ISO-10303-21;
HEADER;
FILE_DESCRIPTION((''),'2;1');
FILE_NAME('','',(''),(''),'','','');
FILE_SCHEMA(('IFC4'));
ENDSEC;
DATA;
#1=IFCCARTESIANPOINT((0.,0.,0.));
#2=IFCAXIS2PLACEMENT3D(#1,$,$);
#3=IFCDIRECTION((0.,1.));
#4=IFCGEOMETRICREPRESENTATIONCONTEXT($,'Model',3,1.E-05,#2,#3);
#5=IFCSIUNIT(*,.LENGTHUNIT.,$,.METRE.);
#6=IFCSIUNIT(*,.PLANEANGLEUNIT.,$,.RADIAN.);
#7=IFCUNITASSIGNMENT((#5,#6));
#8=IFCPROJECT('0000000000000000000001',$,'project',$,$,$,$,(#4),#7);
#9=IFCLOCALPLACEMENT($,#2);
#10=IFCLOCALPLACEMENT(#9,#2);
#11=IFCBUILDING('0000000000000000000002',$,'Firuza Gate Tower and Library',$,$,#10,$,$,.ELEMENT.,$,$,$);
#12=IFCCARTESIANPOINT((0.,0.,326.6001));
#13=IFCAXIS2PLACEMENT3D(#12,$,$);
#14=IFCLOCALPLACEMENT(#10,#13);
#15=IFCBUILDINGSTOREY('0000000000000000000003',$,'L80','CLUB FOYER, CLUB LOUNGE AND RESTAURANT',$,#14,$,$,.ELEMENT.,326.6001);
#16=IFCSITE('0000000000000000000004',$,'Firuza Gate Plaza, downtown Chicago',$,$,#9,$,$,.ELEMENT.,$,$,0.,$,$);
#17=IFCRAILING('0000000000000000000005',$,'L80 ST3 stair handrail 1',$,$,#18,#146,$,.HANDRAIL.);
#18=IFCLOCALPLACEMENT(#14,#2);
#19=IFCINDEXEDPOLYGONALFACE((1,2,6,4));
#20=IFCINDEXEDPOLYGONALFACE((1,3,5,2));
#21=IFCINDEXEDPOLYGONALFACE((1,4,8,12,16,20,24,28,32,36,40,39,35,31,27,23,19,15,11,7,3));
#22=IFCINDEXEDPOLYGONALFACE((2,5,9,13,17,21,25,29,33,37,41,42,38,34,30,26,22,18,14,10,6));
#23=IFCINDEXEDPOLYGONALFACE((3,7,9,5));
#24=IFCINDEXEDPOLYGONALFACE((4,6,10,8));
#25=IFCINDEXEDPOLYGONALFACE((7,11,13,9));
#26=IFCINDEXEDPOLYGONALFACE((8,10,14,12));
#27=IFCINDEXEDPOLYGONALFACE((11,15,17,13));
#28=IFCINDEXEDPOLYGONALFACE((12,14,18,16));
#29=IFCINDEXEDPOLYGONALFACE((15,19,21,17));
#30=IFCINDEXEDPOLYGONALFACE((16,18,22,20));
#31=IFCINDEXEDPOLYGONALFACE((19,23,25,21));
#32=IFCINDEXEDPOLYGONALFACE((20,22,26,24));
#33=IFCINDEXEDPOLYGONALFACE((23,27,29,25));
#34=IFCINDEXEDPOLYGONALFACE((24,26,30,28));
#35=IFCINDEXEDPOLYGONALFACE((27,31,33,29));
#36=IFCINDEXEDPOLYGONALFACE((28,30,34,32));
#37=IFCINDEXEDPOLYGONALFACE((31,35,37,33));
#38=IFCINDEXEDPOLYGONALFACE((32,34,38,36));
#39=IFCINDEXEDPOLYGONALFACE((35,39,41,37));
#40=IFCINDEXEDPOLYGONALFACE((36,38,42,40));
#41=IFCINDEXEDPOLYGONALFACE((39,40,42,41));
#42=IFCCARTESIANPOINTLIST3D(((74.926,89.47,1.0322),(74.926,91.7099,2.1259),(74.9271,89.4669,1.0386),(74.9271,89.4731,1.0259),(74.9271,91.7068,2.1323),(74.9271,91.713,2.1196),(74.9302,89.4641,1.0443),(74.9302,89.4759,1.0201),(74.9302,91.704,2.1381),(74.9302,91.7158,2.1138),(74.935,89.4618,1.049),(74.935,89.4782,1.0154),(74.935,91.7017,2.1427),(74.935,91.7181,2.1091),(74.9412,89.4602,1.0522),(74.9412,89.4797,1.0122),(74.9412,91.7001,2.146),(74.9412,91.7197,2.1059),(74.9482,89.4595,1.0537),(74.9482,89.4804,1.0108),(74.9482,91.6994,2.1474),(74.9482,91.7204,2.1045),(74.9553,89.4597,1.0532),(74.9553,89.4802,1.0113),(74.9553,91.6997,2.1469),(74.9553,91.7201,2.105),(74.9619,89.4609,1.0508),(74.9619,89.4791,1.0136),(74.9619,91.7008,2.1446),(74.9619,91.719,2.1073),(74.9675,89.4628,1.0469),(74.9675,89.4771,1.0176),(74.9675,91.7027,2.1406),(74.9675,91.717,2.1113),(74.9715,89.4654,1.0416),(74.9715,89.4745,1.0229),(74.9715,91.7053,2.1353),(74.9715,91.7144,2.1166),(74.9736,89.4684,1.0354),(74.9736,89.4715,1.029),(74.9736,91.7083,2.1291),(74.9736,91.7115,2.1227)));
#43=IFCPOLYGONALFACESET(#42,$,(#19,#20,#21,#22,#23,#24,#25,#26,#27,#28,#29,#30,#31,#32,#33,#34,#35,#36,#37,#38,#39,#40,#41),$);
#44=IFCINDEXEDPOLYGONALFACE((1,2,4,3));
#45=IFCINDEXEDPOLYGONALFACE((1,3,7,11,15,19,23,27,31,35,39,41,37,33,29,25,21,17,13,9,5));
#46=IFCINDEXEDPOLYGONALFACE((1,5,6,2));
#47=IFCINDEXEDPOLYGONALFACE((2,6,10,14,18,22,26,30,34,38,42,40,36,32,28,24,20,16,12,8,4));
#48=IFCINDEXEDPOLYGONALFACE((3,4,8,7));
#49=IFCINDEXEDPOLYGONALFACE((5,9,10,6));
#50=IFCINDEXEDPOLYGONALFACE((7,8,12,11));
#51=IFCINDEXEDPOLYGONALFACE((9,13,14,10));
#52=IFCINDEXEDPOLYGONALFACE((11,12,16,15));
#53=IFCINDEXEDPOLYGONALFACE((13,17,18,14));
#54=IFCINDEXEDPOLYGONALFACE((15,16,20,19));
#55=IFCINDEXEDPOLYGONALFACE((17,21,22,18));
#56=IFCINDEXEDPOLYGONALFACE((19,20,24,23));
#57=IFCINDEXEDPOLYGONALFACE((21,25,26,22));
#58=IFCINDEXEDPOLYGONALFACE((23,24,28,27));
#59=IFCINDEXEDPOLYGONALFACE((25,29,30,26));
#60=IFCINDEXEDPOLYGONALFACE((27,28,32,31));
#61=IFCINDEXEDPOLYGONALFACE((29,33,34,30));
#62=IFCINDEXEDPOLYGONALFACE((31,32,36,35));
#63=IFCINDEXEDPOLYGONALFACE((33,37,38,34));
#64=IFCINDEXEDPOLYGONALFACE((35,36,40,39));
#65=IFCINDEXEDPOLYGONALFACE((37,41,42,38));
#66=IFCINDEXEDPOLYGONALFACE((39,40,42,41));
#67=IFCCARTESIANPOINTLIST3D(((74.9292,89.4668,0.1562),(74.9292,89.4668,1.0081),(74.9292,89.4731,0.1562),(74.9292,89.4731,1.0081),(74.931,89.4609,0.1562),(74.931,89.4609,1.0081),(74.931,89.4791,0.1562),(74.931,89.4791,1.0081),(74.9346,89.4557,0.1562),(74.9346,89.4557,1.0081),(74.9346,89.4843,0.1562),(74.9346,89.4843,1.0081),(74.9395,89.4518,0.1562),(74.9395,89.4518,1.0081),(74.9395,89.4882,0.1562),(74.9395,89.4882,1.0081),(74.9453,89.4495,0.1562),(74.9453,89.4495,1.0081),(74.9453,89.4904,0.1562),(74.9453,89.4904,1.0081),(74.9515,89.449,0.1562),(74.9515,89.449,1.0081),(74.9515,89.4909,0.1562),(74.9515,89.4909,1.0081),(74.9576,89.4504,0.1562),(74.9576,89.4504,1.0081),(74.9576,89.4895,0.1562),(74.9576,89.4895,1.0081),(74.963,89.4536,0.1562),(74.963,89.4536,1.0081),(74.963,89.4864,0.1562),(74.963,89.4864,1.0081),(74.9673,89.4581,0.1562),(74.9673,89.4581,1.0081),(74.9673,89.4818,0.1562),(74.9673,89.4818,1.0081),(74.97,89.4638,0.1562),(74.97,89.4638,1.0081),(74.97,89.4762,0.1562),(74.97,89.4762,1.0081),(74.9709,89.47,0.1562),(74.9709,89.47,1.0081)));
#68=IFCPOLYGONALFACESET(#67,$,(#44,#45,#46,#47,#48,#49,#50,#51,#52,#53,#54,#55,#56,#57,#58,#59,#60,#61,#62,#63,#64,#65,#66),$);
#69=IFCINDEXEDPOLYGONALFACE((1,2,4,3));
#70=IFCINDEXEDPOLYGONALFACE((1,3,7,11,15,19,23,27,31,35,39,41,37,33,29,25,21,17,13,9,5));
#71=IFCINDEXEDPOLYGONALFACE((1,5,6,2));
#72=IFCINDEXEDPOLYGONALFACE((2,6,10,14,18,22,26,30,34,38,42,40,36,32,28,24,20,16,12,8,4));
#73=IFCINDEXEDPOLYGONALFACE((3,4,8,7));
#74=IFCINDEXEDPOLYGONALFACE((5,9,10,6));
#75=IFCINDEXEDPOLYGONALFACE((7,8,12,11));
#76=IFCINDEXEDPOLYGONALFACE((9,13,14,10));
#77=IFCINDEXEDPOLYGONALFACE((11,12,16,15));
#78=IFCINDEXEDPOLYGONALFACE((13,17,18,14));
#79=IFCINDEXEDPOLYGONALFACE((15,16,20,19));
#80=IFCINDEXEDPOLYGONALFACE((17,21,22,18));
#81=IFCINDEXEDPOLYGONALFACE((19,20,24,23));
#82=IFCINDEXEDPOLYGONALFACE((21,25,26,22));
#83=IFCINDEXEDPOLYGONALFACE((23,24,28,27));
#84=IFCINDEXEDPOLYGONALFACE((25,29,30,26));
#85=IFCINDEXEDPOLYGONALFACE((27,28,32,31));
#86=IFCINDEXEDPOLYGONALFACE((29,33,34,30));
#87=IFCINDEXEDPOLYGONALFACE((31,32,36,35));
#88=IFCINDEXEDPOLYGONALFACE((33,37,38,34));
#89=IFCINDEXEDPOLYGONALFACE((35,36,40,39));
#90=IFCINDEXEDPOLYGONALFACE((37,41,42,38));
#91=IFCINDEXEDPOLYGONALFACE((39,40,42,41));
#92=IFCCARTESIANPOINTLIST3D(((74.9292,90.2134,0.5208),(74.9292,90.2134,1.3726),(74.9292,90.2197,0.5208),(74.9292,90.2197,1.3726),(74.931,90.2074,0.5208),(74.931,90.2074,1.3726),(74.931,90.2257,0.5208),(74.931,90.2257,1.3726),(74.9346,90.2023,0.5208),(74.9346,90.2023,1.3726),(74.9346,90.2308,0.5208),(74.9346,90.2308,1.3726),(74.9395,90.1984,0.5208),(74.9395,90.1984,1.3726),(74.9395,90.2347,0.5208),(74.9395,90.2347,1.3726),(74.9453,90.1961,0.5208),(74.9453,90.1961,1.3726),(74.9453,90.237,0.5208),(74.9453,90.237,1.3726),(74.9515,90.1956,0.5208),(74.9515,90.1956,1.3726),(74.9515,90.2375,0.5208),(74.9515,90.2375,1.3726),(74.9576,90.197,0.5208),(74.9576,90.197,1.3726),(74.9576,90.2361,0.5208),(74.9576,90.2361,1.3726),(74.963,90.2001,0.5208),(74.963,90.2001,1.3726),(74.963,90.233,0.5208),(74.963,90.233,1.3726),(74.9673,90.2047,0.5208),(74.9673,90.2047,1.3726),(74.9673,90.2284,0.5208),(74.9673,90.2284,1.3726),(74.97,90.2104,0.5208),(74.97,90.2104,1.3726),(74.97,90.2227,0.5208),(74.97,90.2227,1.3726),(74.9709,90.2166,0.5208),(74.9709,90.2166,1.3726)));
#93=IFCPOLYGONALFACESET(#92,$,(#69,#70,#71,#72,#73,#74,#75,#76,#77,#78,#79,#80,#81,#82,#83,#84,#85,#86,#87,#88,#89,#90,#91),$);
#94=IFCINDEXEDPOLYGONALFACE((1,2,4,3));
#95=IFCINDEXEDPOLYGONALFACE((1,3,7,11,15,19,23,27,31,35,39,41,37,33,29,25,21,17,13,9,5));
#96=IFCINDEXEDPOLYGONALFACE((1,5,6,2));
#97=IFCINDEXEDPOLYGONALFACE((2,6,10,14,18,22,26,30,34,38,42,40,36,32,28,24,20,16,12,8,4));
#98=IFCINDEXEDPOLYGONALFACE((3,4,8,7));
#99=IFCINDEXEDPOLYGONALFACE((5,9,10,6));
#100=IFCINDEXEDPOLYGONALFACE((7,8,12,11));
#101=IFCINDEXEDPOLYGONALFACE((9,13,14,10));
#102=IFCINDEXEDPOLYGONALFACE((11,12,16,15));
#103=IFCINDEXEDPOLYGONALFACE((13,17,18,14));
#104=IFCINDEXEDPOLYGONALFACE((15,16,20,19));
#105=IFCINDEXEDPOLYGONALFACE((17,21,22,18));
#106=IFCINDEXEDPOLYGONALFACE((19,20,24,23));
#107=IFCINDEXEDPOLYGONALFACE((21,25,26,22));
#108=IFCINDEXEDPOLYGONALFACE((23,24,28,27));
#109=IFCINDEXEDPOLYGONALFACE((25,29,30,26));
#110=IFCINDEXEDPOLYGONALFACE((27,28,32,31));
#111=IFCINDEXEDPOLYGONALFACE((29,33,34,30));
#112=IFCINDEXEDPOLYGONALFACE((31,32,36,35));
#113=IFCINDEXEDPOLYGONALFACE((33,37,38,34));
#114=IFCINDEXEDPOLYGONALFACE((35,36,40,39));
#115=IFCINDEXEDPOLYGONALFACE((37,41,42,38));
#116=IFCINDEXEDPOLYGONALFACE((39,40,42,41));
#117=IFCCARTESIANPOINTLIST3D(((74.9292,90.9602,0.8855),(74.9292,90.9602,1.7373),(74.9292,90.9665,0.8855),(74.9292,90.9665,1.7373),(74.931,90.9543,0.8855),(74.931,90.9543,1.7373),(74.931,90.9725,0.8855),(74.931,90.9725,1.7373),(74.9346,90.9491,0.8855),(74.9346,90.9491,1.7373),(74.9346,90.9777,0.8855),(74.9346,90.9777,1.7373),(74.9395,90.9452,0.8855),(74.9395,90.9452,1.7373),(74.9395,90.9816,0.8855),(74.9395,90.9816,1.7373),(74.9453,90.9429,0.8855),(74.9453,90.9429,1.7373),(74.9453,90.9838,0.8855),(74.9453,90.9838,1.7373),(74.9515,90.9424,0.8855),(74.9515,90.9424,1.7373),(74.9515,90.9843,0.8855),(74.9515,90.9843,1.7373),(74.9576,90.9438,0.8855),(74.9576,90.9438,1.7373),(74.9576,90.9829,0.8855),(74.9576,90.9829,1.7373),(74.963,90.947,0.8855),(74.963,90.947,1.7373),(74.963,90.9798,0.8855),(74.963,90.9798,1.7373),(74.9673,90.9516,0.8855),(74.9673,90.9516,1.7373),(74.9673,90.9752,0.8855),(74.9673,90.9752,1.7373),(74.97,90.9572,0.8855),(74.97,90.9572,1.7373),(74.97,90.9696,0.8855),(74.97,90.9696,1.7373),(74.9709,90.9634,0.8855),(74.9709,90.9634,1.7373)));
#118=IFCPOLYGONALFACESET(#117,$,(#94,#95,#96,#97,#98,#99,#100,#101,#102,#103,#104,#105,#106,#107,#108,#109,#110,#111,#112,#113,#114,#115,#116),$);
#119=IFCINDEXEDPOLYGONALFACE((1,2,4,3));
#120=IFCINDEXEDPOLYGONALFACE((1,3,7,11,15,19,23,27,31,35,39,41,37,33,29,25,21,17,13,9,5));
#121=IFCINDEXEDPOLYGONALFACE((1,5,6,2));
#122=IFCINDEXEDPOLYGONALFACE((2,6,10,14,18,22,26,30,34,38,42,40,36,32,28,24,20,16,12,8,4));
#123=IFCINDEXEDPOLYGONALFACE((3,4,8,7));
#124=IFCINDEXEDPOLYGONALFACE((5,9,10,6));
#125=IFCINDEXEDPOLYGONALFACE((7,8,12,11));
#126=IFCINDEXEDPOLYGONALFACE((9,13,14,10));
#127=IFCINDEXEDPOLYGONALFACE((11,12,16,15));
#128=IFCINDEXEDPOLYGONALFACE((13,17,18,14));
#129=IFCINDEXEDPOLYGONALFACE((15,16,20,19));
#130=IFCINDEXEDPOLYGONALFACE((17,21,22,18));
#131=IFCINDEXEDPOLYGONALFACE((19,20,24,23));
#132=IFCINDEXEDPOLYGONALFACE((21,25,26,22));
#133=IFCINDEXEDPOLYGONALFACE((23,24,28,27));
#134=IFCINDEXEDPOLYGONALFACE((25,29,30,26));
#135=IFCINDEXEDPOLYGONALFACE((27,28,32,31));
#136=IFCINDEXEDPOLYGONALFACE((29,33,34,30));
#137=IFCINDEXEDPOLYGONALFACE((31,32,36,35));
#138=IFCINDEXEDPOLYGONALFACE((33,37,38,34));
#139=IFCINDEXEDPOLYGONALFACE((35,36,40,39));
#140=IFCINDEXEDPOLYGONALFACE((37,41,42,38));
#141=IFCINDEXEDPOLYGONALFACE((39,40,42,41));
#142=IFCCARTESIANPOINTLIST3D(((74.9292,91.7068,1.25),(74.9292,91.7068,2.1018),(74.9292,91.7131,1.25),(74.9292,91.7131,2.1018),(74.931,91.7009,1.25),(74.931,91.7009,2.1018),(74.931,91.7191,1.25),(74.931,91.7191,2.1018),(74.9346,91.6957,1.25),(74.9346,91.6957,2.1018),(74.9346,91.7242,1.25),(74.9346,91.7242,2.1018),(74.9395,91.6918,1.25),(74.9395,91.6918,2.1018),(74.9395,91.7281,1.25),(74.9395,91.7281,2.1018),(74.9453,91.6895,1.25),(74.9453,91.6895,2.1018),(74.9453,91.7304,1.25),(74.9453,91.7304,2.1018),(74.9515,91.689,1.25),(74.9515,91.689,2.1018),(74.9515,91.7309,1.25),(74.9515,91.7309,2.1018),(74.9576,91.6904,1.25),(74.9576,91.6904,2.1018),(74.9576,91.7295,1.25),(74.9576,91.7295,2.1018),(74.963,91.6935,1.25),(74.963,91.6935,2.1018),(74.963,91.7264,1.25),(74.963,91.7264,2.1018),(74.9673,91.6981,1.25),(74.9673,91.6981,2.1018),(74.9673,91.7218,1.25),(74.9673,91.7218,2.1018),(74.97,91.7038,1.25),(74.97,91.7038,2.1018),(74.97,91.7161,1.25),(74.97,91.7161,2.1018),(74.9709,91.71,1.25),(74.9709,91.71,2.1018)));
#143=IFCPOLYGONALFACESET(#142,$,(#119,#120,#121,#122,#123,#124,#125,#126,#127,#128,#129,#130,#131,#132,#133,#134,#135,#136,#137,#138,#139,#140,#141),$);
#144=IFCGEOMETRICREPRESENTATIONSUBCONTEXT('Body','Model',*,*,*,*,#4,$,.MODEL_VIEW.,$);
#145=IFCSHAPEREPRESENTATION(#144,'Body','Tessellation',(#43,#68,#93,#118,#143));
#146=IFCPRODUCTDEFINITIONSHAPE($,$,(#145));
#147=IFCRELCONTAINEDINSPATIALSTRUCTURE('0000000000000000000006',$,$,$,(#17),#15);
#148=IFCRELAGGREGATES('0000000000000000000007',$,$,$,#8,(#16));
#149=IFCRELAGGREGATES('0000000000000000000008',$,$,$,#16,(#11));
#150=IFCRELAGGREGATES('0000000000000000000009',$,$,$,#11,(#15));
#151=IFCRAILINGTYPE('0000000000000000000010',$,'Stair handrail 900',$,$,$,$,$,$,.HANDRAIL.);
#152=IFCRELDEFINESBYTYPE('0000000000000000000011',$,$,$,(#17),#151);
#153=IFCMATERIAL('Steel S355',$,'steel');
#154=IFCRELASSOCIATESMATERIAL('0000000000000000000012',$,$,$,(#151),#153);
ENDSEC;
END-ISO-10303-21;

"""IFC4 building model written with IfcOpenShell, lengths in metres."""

from ifc_helpers import new_model, si_unit, direction, frame, origin, origin_2d, place, context, subcontext, project, spatial, circle, extrude, material, type_object, element, save


model = new_model("IFC4")

# Units and contexts
model_context = context("Model", 3, precision=1e-05, world=origin(), true_north=direction((0.0, 1.0)))
body_context = subcontext(model_context, "Body", "Model", "MODEL_VIEW")
ifc_project = project(units=[si_unit("LENGTHUNIT", "METRE"), si_unit("PLANEANGLEUNIT", "RADIAN")], contexts=[model_context])

# Site, building, storey
site_placement = place(None, origin())
site = spatial("IfcSite", under=ifc_project, at=site_placement, Name="Firuza Gate Plaza, downtown Chicago", CompositionType="ELEMENT", RefElevation=0.0)
building_placement = place(site_placement, origin())
building = spatial("IfcBuilding", under=site, at=building_placement, Name="Firuza Gate Tower and Library", CompositionType="ELEMENT")
storey_placement = place(building_placement, frame((0.0, 0.0, 326.6001)))
storey = spatial("IfcBuildingStorey", under=building, at=storey_placement, Name="L80", Description="CLUB FOYER, CLUB LOUNGE AND RESTAURANT", CompositionType="ELEMENT", Elevation=326.6001)

# Railing
ifc_material_1 = material(Name="Steel S355", Category="steel")
railing_type_1 = type_object("IfcRailingType", Name="Stair handrail 900", PredefinedType="HANDRAIL", material=ifc_material_1)
railing_1_placement = place(storey_placement, frame((74.95, 89.47, 0.1562)))
element("IfcRailing", 1, at=railing_1_placement, inside=storey, type_object=railing_type_1, Name="L80 ST3 stair handrail 1", PredefinedType="HANDRAIL", context=body_context, shape_type="SweptSolid", body=[
    extrude(circle(Radius=0.0239, at=origin_2d()), frame((0.0, 0.0, 0.876), z_axis=(0.0, 0.898599, 0.438771), x_axis=(-1.0, 0.0, 0.0)), (0.0, 0.0, 1.0), 2.4927),
    extrude(circle(Radius=0.021, at=origin_2d()), origin(), (0.0, 0.0, 1.0), 0.8518),
    extrude(circle(Radius=0.021, at=origin_2d()), frame((0.0, 0.7466, 0.3645)), (0.0, 0.0, 1.0), 0.8518),
    extrude(circle(Radius=0.021, at=origin_2d()), frame((0.0, 1.4934, 0.7292)), (0.0, 0.0, 1.0), 0.8518),
    extrude(circle(Radius=0.021, at=origin_2d()), frame((0.0, 2.24, 1.0938)), (0.0, 0.0, 1.0), 0.8518),
])

save(model, "model.ifc")
